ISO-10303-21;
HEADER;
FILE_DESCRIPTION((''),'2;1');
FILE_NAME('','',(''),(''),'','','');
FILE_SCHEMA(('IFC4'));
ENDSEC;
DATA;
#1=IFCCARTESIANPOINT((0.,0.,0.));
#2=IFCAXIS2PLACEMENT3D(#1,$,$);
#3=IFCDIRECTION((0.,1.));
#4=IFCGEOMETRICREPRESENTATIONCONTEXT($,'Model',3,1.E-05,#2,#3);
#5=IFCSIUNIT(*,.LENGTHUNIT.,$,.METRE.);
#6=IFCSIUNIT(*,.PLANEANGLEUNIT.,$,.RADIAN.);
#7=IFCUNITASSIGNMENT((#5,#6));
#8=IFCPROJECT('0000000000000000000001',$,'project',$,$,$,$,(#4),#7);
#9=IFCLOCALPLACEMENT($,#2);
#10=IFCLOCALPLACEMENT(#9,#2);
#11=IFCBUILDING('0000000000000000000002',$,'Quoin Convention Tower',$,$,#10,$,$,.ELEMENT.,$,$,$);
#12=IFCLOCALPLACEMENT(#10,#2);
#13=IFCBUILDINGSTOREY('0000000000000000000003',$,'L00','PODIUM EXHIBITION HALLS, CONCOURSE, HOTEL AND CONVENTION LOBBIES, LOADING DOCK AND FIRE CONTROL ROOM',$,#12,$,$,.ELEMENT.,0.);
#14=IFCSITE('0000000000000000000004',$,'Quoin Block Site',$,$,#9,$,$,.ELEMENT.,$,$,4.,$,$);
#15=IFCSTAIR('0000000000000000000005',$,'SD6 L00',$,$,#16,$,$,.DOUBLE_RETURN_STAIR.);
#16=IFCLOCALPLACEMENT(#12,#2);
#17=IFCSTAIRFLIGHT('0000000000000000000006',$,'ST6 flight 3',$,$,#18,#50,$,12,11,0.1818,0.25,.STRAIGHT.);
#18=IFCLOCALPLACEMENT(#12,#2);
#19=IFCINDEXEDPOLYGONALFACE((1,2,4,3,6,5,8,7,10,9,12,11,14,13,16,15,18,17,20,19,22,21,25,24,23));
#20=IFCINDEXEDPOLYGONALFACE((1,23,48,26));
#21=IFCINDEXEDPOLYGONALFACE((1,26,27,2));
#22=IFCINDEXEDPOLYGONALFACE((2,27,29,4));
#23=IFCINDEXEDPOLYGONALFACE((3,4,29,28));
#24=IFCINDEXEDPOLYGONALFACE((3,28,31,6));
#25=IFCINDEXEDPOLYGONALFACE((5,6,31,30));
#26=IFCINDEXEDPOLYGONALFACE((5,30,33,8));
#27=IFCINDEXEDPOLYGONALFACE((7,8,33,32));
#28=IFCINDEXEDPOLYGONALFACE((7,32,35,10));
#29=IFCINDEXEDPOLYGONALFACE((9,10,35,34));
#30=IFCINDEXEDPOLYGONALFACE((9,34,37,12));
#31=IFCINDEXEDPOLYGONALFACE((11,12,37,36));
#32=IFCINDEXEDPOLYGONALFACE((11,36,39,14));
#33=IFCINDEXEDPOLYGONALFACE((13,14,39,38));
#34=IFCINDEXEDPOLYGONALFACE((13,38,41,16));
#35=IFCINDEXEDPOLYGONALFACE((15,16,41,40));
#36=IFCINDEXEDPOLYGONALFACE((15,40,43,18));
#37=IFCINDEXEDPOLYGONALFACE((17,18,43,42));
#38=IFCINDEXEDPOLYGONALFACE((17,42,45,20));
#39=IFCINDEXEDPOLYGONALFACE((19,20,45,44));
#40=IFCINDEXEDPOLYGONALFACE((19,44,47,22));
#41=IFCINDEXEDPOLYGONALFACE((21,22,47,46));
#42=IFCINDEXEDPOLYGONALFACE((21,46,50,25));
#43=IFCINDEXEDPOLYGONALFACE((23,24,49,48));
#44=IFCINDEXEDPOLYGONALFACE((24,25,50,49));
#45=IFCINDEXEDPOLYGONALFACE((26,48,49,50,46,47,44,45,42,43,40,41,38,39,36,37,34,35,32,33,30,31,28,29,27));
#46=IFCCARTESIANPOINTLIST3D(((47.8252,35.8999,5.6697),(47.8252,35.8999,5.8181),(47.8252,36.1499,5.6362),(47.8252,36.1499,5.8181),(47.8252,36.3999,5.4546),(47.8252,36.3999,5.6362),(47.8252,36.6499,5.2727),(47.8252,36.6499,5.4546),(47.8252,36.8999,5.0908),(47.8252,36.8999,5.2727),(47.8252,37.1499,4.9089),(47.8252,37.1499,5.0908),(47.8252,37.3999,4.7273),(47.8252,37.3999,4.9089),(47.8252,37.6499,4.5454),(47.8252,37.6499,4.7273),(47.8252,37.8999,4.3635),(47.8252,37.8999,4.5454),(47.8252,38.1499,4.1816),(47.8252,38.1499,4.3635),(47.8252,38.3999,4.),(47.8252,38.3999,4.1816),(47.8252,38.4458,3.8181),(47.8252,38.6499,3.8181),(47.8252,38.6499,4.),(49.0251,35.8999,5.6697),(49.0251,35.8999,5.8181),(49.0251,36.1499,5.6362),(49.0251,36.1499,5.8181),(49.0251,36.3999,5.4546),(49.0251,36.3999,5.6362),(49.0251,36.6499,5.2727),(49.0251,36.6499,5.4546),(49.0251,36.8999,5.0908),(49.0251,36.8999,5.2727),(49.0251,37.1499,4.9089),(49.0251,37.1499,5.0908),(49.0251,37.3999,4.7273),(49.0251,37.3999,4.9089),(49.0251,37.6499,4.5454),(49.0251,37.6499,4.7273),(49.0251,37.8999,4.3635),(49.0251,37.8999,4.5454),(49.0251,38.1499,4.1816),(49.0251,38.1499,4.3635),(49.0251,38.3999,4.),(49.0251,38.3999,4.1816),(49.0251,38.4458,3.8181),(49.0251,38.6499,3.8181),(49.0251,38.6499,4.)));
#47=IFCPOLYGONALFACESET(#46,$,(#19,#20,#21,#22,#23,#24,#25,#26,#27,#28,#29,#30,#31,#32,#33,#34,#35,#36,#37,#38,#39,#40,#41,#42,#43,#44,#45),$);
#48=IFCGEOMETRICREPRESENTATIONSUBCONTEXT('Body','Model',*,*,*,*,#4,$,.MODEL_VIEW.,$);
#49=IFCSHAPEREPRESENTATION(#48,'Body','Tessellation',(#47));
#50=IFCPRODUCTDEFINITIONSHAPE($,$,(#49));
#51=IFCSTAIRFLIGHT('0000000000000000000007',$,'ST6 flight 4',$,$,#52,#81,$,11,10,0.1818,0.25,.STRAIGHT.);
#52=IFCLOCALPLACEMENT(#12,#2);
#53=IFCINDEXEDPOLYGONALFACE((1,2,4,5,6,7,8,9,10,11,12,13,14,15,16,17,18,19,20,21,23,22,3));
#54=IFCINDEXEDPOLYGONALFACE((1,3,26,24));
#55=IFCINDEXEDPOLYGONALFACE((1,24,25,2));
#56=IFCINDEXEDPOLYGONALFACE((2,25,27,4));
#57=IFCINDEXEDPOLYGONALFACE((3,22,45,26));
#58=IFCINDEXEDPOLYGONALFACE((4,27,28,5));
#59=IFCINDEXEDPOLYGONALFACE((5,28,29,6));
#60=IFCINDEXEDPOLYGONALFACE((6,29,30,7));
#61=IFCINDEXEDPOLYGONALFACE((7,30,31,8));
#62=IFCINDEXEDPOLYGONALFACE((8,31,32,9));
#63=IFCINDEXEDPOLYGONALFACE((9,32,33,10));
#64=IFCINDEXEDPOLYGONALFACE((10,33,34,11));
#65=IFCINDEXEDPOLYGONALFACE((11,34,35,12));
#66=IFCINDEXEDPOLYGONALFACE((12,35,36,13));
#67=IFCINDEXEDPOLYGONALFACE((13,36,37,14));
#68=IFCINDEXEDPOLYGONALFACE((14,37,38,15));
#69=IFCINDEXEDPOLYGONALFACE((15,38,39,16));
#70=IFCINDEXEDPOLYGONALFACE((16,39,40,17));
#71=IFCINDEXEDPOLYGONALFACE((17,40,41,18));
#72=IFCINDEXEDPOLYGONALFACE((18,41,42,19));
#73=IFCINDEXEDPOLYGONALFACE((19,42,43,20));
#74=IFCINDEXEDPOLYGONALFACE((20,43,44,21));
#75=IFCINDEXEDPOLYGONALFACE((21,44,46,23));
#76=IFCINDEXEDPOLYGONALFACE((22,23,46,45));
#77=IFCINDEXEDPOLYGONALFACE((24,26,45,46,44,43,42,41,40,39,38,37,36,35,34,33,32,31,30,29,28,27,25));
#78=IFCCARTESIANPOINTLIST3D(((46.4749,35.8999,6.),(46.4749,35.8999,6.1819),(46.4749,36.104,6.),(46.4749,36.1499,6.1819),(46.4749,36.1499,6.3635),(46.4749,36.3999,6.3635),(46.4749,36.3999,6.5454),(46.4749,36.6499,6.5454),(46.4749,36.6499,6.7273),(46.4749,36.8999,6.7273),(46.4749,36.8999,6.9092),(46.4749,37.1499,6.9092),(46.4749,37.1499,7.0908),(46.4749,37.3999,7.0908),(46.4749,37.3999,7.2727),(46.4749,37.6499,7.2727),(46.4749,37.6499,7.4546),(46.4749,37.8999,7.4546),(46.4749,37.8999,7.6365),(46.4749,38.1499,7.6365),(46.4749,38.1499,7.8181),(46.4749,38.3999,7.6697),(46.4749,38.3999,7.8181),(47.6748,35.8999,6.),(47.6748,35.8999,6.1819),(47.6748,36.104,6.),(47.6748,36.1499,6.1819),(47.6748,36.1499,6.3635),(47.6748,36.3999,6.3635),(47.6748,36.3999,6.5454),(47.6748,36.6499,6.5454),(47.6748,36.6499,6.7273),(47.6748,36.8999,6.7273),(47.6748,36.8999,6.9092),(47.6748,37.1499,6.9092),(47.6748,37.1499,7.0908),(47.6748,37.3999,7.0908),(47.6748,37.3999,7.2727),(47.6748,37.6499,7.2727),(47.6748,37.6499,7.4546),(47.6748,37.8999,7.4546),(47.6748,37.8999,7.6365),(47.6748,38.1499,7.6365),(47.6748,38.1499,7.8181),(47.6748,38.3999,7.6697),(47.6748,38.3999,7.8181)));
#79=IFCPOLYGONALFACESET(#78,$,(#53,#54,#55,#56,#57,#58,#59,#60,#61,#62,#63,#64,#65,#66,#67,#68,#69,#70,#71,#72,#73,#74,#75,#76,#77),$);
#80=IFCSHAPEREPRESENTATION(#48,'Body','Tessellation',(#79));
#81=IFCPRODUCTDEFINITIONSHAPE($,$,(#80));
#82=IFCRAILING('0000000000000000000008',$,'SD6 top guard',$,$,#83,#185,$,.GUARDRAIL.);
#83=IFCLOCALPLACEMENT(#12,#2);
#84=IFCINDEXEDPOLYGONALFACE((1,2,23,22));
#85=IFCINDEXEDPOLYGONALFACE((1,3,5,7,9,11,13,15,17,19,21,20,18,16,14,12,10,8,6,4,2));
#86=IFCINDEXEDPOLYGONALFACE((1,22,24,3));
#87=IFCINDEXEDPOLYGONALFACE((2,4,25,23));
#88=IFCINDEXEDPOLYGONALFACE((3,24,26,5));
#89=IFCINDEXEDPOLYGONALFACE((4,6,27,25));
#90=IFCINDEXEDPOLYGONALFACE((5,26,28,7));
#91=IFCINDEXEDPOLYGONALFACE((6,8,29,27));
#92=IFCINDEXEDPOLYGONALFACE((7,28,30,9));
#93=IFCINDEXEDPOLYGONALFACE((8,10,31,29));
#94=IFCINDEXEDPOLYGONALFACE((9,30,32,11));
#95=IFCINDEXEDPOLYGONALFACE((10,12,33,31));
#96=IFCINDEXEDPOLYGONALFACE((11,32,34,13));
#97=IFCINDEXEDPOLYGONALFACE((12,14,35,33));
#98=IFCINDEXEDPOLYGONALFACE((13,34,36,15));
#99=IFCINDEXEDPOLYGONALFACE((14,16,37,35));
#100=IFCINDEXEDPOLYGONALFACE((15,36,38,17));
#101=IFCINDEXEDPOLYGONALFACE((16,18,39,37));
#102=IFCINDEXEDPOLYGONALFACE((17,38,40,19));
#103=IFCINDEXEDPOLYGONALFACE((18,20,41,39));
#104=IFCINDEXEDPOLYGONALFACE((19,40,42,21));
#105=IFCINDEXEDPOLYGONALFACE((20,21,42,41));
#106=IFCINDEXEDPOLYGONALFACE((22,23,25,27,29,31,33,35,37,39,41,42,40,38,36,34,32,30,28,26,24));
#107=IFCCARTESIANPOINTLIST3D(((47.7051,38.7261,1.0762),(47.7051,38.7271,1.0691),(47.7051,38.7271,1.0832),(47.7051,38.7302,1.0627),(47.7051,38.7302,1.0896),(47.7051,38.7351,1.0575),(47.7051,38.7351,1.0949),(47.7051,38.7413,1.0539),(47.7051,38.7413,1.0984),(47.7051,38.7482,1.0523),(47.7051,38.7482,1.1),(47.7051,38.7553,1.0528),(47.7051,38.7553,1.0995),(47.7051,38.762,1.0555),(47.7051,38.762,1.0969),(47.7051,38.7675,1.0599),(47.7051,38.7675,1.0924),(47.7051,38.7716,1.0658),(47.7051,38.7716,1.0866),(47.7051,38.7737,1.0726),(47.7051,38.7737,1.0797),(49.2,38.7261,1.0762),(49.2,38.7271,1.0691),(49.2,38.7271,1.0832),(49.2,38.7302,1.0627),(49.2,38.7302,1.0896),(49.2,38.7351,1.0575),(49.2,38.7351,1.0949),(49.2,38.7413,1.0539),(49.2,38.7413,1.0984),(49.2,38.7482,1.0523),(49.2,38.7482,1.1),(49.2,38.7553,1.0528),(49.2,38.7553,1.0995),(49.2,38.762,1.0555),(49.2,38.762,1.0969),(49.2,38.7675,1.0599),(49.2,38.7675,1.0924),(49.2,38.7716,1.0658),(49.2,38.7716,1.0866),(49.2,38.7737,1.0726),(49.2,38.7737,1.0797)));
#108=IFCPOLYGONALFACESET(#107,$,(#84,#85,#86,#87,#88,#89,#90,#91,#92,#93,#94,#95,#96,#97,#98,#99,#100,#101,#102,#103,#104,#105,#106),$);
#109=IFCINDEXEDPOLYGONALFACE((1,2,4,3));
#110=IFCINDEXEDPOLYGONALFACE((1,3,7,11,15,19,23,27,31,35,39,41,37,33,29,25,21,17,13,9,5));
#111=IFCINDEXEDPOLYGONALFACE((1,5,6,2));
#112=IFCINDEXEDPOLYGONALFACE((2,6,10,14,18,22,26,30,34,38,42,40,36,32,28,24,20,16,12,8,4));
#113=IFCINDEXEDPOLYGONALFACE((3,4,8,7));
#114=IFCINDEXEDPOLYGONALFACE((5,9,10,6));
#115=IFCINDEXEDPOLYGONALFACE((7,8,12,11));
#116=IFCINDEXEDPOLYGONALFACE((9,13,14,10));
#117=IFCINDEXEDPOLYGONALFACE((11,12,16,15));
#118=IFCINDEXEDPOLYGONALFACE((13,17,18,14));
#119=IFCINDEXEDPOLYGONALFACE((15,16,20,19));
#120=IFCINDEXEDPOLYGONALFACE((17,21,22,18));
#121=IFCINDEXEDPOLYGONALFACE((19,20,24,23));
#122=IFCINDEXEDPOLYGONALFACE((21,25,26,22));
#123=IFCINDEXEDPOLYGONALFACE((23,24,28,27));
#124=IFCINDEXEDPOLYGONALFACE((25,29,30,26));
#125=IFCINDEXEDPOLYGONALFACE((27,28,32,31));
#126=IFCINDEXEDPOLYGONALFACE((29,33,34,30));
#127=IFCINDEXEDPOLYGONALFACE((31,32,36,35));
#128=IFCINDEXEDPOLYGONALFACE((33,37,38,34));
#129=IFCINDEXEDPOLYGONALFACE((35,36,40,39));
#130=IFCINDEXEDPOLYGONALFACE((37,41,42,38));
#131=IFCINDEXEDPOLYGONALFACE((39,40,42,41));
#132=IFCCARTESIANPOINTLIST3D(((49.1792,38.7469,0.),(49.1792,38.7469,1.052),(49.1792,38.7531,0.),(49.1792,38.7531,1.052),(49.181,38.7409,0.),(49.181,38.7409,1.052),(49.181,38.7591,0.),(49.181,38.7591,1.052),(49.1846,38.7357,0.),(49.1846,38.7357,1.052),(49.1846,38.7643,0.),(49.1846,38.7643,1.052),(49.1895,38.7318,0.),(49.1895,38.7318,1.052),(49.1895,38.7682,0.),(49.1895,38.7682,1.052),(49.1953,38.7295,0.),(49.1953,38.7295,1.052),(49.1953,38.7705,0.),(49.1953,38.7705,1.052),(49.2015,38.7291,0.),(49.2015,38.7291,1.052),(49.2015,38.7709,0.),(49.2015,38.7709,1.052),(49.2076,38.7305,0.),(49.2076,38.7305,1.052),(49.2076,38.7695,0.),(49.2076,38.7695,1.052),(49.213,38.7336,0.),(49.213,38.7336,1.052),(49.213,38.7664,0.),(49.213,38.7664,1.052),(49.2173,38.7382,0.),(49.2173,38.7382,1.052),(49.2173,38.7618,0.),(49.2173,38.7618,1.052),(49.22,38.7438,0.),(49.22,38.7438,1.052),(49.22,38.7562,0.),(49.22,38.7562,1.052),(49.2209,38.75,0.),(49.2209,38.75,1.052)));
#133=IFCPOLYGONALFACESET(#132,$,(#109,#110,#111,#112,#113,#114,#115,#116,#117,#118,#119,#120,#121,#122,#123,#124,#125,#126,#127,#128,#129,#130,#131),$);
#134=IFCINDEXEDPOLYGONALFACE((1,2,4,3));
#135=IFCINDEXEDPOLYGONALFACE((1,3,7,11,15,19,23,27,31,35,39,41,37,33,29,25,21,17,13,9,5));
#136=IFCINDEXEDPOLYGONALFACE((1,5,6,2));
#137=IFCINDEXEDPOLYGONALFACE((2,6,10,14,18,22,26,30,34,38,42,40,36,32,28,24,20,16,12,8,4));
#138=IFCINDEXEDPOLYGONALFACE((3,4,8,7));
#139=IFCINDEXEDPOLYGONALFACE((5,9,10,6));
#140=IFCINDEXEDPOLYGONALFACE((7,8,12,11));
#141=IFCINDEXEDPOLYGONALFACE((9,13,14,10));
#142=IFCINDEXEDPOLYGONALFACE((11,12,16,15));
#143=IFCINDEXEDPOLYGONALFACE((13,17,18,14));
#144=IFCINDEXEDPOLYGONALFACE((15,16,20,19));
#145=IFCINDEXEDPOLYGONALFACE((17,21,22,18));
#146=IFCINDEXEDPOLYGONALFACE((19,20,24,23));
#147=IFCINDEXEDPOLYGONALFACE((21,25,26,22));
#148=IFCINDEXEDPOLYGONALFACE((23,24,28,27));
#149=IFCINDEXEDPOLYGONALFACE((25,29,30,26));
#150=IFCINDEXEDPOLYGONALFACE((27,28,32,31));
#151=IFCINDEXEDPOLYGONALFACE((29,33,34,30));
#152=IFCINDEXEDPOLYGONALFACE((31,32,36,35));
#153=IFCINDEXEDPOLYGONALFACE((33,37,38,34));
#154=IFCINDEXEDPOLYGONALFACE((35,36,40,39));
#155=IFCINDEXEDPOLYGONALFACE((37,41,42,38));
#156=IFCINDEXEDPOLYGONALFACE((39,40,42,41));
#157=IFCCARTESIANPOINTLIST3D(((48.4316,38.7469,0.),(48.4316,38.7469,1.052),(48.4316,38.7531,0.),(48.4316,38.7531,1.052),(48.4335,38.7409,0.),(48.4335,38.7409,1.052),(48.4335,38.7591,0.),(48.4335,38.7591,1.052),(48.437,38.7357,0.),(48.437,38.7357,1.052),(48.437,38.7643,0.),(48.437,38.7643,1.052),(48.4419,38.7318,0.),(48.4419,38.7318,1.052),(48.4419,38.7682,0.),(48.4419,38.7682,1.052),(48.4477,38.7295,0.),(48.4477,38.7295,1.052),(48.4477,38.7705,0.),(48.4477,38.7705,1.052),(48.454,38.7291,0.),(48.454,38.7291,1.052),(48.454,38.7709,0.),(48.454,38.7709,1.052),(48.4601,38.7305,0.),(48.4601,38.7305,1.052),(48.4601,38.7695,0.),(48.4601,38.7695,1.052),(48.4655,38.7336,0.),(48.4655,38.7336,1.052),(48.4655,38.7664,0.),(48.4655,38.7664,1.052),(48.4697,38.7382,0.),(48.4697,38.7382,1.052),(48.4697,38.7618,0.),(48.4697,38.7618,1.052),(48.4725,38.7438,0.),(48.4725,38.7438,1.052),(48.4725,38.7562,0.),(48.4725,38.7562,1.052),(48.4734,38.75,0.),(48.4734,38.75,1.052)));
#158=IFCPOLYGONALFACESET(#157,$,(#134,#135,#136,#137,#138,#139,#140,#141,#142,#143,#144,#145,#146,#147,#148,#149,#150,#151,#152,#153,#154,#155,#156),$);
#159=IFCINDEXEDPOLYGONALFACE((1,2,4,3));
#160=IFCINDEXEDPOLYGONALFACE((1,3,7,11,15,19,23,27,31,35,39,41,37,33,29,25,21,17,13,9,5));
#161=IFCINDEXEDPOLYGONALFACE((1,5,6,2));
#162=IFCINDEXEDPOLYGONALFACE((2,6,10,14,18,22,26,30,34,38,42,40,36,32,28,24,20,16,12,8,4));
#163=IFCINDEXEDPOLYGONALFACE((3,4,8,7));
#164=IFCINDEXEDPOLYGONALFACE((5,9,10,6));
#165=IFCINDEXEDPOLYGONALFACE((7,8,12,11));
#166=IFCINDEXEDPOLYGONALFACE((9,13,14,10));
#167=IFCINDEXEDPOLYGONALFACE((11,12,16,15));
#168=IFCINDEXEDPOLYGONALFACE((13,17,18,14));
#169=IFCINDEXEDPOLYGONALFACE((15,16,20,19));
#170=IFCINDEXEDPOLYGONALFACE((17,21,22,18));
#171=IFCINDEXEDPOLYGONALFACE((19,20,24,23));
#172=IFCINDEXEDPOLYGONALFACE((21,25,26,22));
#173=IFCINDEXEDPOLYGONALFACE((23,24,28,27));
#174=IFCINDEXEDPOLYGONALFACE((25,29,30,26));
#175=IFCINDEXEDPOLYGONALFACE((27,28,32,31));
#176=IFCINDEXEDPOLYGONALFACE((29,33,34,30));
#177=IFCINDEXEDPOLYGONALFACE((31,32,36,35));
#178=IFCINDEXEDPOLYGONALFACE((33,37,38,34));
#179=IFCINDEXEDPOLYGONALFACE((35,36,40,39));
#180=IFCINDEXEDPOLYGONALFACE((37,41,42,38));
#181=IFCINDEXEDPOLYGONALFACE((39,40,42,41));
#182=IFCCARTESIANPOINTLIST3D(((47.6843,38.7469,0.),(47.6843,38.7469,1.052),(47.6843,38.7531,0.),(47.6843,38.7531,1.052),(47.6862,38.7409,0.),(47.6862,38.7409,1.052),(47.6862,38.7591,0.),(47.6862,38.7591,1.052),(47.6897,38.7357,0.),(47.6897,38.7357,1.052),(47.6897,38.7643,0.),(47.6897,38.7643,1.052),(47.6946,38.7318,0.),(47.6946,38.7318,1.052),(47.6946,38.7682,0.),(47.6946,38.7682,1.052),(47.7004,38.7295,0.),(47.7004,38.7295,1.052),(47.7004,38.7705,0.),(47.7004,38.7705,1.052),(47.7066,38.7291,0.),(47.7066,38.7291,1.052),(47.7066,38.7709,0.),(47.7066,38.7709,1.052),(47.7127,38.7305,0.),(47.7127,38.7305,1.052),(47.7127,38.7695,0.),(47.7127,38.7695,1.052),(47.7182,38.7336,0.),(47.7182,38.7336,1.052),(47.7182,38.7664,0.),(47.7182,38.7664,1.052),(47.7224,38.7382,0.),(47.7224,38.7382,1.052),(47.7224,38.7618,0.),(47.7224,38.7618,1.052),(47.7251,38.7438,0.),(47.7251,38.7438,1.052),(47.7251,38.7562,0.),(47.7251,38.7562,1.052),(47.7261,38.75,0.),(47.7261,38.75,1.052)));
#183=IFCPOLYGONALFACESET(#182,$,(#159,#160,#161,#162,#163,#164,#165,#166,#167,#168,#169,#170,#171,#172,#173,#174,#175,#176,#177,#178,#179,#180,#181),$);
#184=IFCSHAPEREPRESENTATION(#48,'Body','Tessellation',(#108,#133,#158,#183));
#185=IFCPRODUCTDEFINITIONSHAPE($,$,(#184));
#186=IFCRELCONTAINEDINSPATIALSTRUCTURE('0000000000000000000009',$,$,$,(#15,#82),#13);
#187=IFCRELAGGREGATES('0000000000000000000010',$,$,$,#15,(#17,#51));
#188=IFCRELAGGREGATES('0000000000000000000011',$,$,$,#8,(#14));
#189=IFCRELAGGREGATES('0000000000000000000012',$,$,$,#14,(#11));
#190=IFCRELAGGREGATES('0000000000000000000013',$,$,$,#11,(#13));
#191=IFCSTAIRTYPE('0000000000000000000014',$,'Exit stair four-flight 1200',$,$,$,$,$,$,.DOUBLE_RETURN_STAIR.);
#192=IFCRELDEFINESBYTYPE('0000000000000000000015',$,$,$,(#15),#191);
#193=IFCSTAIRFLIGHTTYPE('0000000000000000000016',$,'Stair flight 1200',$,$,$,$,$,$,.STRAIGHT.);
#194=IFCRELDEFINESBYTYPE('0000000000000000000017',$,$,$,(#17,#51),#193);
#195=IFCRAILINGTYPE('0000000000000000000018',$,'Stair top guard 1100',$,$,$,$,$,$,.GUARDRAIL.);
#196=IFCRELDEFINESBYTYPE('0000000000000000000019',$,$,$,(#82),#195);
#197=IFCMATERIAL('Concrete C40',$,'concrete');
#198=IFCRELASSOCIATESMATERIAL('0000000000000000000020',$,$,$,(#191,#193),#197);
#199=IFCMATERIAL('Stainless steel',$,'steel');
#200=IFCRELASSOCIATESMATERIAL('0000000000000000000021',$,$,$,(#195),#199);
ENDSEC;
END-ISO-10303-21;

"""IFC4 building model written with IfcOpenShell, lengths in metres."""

from ifc_helpers import new_model, si_unit, direction, frame, origin, origin_2d, place, context, subcontext, project, spatial, polyline, circle, outline, extrude, material, type_object, element, aggregate, save


model = new_model("IFC4")

# Units and contexts
model_context = context("Model", 3, precision=1e-05, world=origin(), true_north=direction((0.0, 1.0)))
body_context = subcontext(model_context, "Body", "Model", "MODEL_VIEW")
ifc_project = project(units=[si_unit("LENGTHUNIT", "METRE"), si_unit("PLANEANGLEUNIT", "RADIAN")], contexts=[model_context])

# Site, building, storey
site_placement = place(None, origin())
site = spatial("IfcSite", under=ifc_project, at=site_placement, Name="Quoin Block Site", CompositionType="ELEMENT", RefElevation=4.0)
building_placement = place(site_placement, origin())
building = spatial("IfcBuilding", under=site, at=building_placement, Name="Quoin Convention Tower", CompositionType="ELEMENT")
storey_placement = place(building_placement, origin())
storey = spatial("IfcBuildingStorey", under=building, at=storey_placement, Name="L00", Description="PODIUM EXHIBITION HALLS, CONCOURSE, HOTEL AND CONVENTION LOBBIES, LOADING DOCK AND FIRE CONTROL ROOM", CompositionType="ELEMENT", Elevation=0.0)

# Stair, stair flights
ifc_material_1 = material(Name="Concrete C40", Category="concrete")
stair_type = type_object("IfcStairType", Name="Exit stair four-flight 1200", PredefinedType="DOUBLE_RETURN_STAIR", material=ifc_material_1)
stair_placement = place(storey_placement, origin())
stair = element("IfcStair", 1, at=stair_placement, inside=storey, type_object=stair_type, Name="SD6 L00", PredefinedType="DOUBLE_RETURN_STAIR")
stair_flight_type = type_object("IfcStairFlightType", Name="Stair flight 1200", PredefinedType="STRAIGHT", material=ifc_material_1)
stair_flight_1_placement = place(storey_placement, frame((48.425, 38.6499, 3.8181), z_axis=(0.0, 0.0, 1.0), x_axis=(0.0, -1.0, 0.0)))
stair_flight_1 = element("IfcStairFlight", 2, at=stair_flight_1_placement, type_object=stair_flight_type, Name="ST6 flight 3", NumberOfRisers=12, NumberOfTreads=11, PredefinedType="STRAIGHT", RiserHeight=0.1818, TreadLength=0.25, context=body_context, shape_type="SweptSolid", body=[
    extrude(outline(polyline([(0.0, 0.0), (0.0, 0.1819), (0.25, 0.1819), (0.25, 0.3635), (0.5, 0.3635), (0.5, 0.5454), (0.75, 0.5454), (0.75, 0.7273), (1.0, 0.7273), (1.0, 0.9092), (1.25, 0.9092), (1.25, 1.0908), (1.5, 1.0908), (1.5, 1.2727), (1.75, 1.2727), (1.75, 1.4546), (2.0, 1.4546), (2.0, 1.6365), (2.25, 1.6365), (2.25, 1.8181), (2.5, 1.8181), (2.5, 2.0), (2.75, 2.0), (2.75, 2.1819), (2.75, 1.8516), (0.2041, 0.0), (0.0, 0.0)])), frame((0.0, 0.6001, 0.0), z_axis=(0.0, -1.0, 0.0), x_axis=(1.0, 0.0, 0.0)), (0.0, 0.0, 1.0), 1.2),
])
stair_flight_2_placement = place(storey_placement, frame((47.075, 35.8999, 6.0), z_axis=(0.0, 0.0, 1.0), x_axis=(0.0, 1.0, 0.0)))
stair_flight_2 = element("IfcStairFlight", 3, at=stair_flight_2_placement, type_object=stair_flight_type, Name="ST6 flight 4", NumberOfRisers=11, NumberOfTreads=10, PredefinedType="STRAIGHT", RiserHeight=0.1818, TreadLength=0.25, context=body_context, shape_type="SweptSolid", body=[
    extrude(outline(polyline([(0.0, 0.0), (0.0, 0.1819), (0.25, 0.1819), (0.25, 0.3635), (0.5, 0.3635), (0.5, 0.5454), (0.75, 0.5454), (0.75, 0.7273), (1.0, 0.7273), (1.0, 0.9092), (1.25, 0.9092), (1.25, 1.0908), (1.5, 1.0908), (1.5, 1.2727), (1.75, 1.2727), (1.75, 1.4546), (2.0, 1.4546), (2.0, 1.6365), (2.25, 1.6365), (2.25, 1.8181), (2.5, 1.8181), (2.5, 2.0), (2.5, 1.6697), (0.2041, 0.0), (0.0, 0.0)])), frame((0.0, 0.6001, 0.0), z_axis=(0.0, -1.0, 0.0), x_axis=(1.0, 0.0, 0.0)), (0.0, 0.0, 1.0), 1.2),
])
aggregate(stair, [stair_flight_1, stair_flight_2])

# Railing
ifc_material_2 = material(Name="Stainless steel", Category="steel")
railing_type_1 = type_object("IfcRailingType", Name="Stair top guard 1100", PredefinedType="GUARDRAIL", material=ifc_material_2)
railing_1_placement = place(storey_placement, frame((49.2, 38.75, 0.0)))
element("IfcRailing", 4, at=railing_1_placement, inside=storey, type_object=railing_type_1, Name="SD6 top guard", PredefinedType="GUARDRAIL", context=body_context, shape_type="SweptSolid", body=[
    extrude(circle(Radius=0.0239, at=origin_2d()), frame((0.0, 0.0, 1.0762), z_axis=(-1.0, 0.0, 0.0), x_axis=(0.0, -1.0, 0.0)), (0.0, 0.0, 1.0), 1.4949),
    extrude(circle(Radius=0.021, at=origin_2d()), origin(), (0.0, 0.0, 1.0), 1.052),
    extrude(circle(Radius=0.021, at=origin_2d()), frame((-0.7476, 0.0, 0.0)), (0.0, 0.0, 1.0), 1.052),
    extrude(circle(Radius=0.021, at=origin_2d()), frame((-1.4949, 0.0, 0.0)), (0.0, 0.0, 1.0), 1.052),
])

save(model, "model.ifc")
